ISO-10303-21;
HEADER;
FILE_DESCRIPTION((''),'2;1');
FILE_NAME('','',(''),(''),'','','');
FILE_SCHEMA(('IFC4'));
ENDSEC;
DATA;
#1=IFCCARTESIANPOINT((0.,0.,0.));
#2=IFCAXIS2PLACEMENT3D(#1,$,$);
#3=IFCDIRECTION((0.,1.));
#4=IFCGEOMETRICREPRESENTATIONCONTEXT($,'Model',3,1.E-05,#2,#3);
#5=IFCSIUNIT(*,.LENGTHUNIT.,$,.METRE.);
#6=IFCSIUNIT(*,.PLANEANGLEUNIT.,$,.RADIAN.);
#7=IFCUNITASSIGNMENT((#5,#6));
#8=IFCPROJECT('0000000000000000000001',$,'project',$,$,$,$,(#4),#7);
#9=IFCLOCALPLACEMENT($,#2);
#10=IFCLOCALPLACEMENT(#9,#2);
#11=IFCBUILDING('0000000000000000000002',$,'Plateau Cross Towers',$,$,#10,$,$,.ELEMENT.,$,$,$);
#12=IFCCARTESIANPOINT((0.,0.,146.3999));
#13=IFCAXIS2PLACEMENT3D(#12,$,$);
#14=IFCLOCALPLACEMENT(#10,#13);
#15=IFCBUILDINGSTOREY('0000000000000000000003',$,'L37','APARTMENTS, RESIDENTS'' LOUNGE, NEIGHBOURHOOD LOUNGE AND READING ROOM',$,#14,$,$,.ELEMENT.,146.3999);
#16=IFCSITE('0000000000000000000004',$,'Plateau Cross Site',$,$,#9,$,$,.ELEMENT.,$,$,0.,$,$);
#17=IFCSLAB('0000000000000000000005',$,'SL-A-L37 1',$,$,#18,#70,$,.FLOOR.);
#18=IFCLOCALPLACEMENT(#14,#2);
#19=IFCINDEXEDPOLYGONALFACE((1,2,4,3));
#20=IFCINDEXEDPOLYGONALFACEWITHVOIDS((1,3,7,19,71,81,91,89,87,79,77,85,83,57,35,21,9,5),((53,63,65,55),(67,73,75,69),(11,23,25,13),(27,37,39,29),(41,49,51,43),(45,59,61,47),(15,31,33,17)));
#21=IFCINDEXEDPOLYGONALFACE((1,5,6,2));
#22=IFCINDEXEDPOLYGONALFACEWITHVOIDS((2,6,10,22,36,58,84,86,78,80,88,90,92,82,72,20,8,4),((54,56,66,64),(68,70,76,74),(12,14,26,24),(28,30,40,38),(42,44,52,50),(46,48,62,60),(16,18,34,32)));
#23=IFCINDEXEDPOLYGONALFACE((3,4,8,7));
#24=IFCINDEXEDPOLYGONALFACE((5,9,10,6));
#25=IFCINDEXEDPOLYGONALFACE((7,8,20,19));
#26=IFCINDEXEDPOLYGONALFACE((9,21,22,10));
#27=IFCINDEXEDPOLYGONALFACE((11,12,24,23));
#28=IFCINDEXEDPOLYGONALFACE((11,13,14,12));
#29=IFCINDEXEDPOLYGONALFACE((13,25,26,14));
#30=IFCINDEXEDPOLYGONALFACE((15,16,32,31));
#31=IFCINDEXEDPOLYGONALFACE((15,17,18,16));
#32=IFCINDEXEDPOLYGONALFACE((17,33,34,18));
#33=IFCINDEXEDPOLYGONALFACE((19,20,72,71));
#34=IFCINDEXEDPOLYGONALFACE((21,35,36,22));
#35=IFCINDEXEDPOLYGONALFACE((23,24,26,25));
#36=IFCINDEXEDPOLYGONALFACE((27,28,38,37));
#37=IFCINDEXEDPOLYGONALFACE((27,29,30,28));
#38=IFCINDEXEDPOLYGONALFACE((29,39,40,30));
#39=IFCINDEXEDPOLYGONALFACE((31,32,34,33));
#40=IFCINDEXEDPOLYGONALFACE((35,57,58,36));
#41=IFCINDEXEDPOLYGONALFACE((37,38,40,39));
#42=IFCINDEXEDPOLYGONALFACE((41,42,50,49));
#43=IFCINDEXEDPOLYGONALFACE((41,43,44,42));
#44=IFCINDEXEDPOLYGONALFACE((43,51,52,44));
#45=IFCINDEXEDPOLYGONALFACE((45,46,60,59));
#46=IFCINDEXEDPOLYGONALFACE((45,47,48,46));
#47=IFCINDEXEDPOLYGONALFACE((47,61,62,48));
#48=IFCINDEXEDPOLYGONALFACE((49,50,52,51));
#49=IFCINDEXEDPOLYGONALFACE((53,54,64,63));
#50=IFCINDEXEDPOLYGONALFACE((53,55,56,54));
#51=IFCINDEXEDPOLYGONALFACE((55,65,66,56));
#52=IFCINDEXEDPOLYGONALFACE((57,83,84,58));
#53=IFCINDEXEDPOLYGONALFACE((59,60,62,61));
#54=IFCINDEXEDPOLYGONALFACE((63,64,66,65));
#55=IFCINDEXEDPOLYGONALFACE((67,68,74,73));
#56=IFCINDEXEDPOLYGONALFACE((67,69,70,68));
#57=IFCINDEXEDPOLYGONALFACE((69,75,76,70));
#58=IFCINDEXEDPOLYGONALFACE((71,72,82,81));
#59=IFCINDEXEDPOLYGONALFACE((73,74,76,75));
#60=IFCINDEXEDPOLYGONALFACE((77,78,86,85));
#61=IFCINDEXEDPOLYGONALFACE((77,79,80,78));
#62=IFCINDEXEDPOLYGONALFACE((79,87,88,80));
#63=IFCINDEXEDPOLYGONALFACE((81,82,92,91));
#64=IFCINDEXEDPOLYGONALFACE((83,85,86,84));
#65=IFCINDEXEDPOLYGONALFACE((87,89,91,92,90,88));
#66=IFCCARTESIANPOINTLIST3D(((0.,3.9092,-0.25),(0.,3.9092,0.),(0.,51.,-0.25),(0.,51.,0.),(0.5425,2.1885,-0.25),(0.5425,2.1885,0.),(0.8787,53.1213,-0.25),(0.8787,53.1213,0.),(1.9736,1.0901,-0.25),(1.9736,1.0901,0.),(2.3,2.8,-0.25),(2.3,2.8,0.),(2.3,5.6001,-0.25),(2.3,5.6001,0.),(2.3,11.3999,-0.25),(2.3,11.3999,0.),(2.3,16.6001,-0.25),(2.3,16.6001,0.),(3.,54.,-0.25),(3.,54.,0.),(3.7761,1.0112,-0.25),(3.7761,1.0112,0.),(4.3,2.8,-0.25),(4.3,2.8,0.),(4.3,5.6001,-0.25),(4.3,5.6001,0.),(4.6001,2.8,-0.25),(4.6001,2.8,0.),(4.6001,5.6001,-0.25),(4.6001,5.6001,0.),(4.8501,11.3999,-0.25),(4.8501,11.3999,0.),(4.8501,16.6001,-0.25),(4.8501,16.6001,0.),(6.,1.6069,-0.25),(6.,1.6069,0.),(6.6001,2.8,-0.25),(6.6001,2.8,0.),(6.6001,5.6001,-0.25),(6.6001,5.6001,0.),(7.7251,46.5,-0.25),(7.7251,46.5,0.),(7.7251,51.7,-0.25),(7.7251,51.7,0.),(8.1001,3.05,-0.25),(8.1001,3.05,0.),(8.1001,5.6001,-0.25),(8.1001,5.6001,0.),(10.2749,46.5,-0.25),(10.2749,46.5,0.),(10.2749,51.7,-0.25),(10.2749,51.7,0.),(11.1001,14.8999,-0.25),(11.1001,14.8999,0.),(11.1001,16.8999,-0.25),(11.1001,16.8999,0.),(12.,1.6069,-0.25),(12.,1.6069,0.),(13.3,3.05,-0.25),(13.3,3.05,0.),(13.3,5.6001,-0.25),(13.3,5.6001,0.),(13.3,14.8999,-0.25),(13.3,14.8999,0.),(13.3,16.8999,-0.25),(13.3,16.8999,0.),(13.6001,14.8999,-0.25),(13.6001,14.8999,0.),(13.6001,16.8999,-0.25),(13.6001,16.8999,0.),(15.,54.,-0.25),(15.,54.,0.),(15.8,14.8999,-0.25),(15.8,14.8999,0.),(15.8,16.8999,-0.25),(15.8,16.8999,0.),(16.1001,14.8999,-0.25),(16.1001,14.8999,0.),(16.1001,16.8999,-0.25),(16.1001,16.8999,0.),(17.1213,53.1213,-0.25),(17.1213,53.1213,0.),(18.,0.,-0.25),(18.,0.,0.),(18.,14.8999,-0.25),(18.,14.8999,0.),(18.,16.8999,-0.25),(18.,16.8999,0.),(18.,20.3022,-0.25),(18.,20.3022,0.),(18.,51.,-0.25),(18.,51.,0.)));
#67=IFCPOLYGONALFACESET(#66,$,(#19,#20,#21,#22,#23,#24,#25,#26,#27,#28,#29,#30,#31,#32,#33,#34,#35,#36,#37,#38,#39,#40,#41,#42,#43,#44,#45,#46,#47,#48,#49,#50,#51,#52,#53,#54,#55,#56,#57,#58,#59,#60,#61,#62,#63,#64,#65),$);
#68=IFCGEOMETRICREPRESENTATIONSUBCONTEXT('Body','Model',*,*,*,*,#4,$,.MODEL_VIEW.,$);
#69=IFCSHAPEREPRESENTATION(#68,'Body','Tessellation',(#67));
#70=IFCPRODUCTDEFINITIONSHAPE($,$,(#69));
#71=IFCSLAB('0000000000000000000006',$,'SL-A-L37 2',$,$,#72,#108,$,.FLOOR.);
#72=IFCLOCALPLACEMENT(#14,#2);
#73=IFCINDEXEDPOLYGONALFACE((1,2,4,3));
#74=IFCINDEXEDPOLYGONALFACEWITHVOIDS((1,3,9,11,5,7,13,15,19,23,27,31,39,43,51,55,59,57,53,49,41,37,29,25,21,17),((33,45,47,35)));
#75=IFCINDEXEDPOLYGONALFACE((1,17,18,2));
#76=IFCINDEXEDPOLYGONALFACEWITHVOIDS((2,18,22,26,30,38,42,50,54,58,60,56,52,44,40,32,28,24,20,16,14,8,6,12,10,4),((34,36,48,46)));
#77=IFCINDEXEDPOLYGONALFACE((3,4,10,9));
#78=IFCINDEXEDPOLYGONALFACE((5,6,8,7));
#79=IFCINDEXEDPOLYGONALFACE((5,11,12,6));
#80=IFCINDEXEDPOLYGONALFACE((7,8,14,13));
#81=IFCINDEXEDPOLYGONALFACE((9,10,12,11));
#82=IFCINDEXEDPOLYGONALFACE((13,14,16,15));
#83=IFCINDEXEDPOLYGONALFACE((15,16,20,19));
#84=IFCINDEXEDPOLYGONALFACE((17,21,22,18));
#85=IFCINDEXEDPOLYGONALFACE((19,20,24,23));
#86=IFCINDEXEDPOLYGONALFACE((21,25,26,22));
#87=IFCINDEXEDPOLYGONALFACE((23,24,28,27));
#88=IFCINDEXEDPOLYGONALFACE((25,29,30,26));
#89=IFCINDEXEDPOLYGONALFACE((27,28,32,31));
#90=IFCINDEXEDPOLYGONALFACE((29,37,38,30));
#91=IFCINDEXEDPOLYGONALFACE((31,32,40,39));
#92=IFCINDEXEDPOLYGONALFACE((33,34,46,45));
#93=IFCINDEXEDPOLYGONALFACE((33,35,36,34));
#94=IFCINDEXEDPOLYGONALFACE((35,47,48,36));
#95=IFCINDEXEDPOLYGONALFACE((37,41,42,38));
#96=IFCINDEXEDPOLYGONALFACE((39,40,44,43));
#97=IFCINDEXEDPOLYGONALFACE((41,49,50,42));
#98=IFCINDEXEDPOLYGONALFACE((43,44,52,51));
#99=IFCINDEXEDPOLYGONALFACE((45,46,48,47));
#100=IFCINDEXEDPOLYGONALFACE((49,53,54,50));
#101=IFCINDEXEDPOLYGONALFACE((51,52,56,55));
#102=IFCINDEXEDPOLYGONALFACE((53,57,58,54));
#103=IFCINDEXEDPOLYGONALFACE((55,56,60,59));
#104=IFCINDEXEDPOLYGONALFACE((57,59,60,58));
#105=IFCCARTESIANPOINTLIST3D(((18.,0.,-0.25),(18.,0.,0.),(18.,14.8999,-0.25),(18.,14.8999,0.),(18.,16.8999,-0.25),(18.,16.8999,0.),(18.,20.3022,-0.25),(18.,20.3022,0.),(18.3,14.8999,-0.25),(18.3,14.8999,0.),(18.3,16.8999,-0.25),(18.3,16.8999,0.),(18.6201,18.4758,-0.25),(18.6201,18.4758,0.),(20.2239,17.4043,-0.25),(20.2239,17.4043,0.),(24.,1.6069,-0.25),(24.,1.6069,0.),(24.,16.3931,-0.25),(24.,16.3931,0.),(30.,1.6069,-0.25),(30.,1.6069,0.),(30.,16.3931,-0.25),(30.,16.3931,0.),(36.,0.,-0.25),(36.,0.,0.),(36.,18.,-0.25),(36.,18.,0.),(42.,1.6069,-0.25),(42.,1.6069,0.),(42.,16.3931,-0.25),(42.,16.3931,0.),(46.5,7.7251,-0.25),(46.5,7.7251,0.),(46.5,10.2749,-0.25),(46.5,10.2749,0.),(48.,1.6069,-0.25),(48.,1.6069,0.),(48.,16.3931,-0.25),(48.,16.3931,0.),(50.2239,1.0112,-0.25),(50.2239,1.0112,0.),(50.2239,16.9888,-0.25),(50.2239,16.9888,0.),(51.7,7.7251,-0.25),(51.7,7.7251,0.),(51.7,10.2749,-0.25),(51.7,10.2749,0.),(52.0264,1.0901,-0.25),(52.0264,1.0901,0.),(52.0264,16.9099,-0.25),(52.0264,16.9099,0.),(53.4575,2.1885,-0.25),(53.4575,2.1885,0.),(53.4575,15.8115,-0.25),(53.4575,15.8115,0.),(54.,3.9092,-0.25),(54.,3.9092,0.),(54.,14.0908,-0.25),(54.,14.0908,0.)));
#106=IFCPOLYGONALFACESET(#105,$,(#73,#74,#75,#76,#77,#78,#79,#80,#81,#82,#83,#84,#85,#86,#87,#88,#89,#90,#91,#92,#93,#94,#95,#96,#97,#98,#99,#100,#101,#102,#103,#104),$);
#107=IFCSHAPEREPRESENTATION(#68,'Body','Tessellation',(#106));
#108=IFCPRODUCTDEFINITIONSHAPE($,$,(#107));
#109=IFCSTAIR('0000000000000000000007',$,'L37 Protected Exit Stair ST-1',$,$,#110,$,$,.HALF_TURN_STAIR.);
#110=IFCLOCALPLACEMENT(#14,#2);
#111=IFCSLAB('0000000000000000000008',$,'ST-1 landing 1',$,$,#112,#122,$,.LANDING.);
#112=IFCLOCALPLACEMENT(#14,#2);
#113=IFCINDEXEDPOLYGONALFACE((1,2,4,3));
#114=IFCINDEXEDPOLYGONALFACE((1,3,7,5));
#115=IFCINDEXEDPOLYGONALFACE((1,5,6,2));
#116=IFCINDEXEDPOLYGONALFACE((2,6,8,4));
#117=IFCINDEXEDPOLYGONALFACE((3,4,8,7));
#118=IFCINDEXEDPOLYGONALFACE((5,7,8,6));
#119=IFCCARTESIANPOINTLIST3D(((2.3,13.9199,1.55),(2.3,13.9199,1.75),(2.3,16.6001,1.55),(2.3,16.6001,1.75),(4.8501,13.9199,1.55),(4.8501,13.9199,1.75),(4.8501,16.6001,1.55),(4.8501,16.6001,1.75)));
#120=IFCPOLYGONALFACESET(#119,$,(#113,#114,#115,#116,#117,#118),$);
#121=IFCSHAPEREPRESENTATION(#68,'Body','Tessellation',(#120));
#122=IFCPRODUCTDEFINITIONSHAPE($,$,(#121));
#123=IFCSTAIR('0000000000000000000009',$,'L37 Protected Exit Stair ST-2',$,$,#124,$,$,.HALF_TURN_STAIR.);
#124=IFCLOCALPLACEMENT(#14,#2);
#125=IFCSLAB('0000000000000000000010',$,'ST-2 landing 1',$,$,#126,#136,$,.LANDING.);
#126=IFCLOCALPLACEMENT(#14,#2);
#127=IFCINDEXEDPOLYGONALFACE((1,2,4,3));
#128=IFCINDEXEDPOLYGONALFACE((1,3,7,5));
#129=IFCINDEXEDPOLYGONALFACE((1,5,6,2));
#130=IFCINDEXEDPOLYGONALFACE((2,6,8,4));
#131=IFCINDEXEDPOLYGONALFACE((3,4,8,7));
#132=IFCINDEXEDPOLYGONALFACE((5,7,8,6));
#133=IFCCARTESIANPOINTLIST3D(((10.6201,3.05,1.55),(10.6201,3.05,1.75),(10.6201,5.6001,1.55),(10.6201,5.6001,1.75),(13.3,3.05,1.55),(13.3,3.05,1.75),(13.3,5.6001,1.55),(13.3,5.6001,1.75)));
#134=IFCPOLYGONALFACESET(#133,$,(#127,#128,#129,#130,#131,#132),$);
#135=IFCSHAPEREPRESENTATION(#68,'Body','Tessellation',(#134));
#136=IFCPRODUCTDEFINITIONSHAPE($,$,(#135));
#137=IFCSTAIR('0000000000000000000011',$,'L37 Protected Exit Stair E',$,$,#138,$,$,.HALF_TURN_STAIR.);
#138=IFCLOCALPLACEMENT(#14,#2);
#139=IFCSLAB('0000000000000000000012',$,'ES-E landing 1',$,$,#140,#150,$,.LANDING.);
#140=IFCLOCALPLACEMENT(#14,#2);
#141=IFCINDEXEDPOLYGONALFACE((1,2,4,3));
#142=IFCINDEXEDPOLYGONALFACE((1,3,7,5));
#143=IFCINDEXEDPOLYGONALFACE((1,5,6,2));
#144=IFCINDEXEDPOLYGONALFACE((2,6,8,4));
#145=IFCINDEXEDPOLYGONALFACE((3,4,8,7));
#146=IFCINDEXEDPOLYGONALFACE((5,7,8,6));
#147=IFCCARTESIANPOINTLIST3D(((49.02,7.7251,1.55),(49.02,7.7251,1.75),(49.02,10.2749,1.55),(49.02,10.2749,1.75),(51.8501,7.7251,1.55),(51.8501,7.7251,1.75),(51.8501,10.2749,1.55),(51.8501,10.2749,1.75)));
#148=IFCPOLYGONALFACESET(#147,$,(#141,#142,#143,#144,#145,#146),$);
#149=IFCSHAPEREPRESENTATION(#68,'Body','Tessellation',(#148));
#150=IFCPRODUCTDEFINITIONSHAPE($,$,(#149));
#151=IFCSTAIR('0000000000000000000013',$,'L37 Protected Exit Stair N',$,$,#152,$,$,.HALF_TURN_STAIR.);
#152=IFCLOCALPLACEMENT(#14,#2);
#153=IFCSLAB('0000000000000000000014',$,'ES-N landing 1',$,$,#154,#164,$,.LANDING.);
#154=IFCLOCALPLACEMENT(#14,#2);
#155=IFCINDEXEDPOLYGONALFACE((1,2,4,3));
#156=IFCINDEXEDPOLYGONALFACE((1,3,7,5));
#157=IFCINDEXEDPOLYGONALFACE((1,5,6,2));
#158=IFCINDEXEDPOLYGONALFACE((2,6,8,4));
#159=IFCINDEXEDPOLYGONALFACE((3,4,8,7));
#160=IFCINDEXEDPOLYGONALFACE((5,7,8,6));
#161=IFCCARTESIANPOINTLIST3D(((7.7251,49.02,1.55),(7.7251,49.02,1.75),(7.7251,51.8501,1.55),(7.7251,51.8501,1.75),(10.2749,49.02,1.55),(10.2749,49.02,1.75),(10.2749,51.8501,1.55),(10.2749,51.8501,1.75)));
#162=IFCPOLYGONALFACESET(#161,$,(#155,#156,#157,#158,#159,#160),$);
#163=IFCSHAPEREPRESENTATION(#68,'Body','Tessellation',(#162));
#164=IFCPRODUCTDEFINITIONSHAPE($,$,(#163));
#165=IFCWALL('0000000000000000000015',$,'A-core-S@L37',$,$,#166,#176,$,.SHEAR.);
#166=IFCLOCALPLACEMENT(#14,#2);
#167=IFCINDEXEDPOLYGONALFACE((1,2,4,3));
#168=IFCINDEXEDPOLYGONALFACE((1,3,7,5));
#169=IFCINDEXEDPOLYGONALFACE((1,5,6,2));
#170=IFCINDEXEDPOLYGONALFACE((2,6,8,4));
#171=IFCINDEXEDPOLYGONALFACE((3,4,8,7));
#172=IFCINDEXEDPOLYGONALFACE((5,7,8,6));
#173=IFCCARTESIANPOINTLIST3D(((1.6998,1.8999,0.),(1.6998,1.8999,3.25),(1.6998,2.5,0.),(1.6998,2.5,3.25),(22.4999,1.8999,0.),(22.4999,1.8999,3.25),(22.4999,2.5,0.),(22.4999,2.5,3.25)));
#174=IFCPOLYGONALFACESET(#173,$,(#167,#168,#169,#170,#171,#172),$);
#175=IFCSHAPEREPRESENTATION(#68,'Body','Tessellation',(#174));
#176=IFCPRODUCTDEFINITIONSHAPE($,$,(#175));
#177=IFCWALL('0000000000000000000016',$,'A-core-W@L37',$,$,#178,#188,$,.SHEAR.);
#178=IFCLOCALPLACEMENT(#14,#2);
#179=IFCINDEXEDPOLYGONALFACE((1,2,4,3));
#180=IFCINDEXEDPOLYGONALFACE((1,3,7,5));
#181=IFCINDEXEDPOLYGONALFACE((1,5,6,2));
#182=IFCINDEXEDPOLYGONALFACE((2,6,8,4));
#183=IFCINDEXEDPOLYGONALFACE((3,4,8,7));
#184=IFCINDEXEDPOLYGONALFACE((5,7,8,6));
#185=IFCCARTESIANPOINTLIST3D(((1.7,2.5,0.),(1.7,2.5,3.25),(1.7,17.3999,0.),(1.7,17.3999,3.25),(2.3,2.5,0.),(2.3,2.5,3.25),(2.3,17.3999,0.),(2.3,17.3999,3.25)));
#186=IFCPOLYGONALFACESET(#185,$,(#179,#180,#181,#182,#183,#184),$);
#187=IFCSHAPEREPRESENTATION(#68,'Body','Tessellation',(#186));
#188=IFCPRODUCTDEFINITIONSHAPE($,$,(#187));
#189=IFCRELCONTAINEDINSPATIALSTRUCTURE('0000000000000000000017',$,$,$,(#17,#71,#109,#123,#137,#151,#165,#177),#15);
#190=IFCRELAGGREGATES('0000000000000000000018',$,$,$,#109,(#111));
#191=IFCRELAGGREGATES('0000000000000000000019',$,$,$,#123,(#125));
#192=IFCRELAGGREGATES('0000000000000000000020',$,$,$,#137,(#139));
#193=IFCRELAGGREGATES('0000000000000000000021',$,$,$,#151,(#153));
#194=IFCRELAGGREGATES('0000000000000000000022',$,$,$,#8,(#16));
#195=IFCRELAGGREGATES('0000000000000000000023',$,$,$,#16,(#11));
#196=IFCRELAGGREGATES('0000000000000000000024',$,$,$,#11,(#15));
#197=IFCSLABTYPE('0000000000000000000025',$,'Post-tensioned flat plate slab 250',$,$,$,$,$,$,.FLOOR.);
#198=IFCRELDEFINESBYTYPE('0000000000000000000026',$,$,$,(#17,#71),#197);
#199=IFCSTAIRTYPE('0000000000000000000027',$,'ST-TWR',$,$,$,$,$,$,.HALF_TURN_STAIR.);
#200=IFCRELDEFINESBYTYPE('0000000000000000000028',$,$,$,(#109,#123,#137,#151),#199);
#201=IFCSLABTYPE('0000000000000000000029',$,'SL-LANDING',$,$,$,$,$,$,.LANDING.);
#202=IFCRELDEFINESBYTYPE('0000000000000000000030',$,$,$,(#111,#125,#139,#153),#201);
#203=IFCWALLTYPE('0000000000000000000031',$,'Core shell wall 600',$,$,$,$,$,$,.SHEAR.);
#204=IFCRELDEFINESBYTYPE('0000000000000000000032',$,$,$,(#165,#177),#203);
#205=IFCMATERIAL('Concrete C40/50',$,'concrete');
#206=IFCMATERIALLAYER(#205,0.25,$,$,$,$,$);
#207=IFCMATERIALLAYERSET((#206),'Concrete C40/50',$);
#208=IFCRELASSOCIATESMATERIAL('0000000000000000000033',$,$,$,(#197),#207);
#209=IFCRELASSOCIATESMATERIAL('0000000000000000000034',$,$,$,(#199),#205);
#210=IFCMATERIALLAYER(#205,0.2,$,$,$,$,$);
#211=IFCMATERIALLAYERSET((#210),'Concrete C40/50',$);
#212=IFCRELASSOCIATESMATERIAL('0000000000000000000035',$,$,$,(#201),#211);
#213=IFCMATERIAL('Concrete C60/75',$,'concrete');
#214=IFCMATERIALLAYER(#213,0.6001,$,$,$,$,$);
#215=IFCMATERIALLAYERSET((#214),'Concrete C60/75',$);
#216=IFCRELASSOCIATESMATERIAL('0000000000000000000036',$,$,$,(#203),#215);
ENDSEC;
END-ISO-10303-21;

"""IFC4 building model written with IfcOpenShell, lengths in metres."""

from ifc_helpers import new_model, si_unit, direction, frame, frame_2d, origin, place, context, subcontext, project, spatial, polyline, rectangle, outline, extrude, material, layer, layer_set, type_object, element, aggregate, save


model = new_model("IFC4")

# Units and contexts
model_context = context("Model", 3, precision=1e-05, world=origin(), true_north=direction((0.0, 1.0)))
body_context = subcontext(model_context, "Body", "Model", "MODEL_VIEW")
ifc_project = project(units=[si_unit("LENGTHUNIT", "METRE"), si_unit("PLANEANGLEUNIT", "RADIAN")], contexts=[model_context])

# Site, building, storey
site_placement = place(None, origin())
site = spatial("IfcSite", under=ifc_project, at=site_placement, Name="Plateau Cross Site", CompositionType="ELEMENT", RefElevation=0.0)
building_placement = place(site_placement, origin())
building = spatial("IfcBuilding", under=site, at=building_placement, Name="Plateau Cross Towers", CompositionType="ELEMENT")
storey_placement = place(building_placement, frame((0.0, 0.0, 146.3999)))
storey = spatial("IfcBuildingStorey", under=building, at=storey_placement, Name="L37", Description="APARTMENTS, RESIDENTS' LOUNGE, NEIGHBOURHOOD LOUNGE AND READING ROOM", CompositionType="ELEMENT", Elevation=146.3999)

# Shared definitions
ifc_material_1 = material(Name="Concrete C60/75", Category="concrete")

# Shared definitions
ifc_material_2 = material(Name="Concrete C40/50", Category="concrete")

# Slabs
ifc_layer_1 = layer(ifc_material_2, 0.25)
ifc_layer_set_1 = layer_set([ifc_layer_1], Name="Concrete C40/50")
slab_type_1 = type_object("IfcSlabType", Name="Post-tensioned flat plate slab 250", PredefinedType="FLOOR", material=ifc_layer_set_1)
slab_1_placement = place(storey_placement, frame((0.0, 0.0, -0.25)))
element("IfcSlab", 1, at=slab_1_placement, inside=storey, type_object=slab_type_1, Name="SL-A-L37 1", PredefinedType="FLOOR", context=body_context, shape_type="SweptSolid", body=[
    extrude(outline(polyline([(0.5425, 2.1885), (0.0, 3.9092), (0.0, 51.0), (0.8787, 53.1213), (3.0, 54.0), (15.0, 54.0), (17.1213, 53.1213), (18.0, 51.0), (18.0, 20.3022), (18.0, 16.8999), (16.1001, 16.8999), (16.1001, 14.8999), (18.0, 14.8999), (18.0, 0.0), (12.0, 1.6069), (6.0, 1.6069), (3.7761, 1.0112), (1.9736, 1.0901), (0.5425, 2.1885)]), holes=[polyline([(2.3, 5.6001), (2.3, 2.8), (4.3, 2.8), (4.3, 5.6001), (2.3, 5.6001)]), polyline([(4.6001, 5.6001), (4.6001, 2.8), (6.6001, 2.8), (6.6001, 5.6001), (4.6001, 5.6001)]), polyline([(8.1001, 5.6001), (8.1001, 3.05), (13.3, 3.05), (13.3, 5.6001), (8.1001, 5.6001)]), polyline([(2.3, 11.3999), (4.8501, 11.3999), (4.8501, 16.6001), (2.3, 16.6001), (2.3, 11.3999)]), polyline([(11.1001, 16.8999), (11.1001, 14.8999), (13.3, 14.8999), (13.3, 16.8999), (11.1001, 16.8999)]), polyline([(13.6001, 16.8999), (13.6001, 14.8999), (15.8, 14.8999), (15.8, 16.8999), (13.6001, 16.8999)]), polyline([(7.7251, 51.7), (7.7251, 46.5), (10.2749, 46.5), (10.2749, 51.7), (7.7251, 51.7)])]), origin(), (0.0, 0.0, 1.0), 0.25),
])
slab_2_placement = place(storey_placement, frame((0.0, 0.0, -0.25)))
element("IfcSlab", 2, at=slab_2_placement, inside=storey, type_object=slab_type_1, Name="SL-A-L37 2", PredefinedType="FLOOR", context=body_context, shape_type="SweptSolid", body=[
    extrude(outline(polyline([(18.6201, 18.4758), (20.2239, 17.4043), (24.0, 16.3931), (30.0, 16.3931), (36.0, 18.0), (42.0, 16.3931), (48.0, 16.3931), (50.2239, 16.9888), (52.0264, 16.9099), (53.4575, 15.8115), (54.0, 14.0908), (54.0, 3.9092), (53.4575, 2.1885), (52.0264, 1.0901), (50.2239, 1.0112), (48.0, 1.6069), (42.0, 1.6069), (36.0, 0.0), (30.0, 1.6069), (24.0, 1.6069), (18.0, 0.0), (18.0, 14.8999), (18.3, 14.8999), (18.3, 16.8999), (18.0, 16.8999), (18.0, 20.3022), (18.6201, 18.4758)]), holes=[polyline([(46.5, 10.2749), (46.5, 7.7251), (51.7, 7.7251), (51.7, 10.2749), (46.5, 10.2749)])]), origin(), (0.0, 0.0, 1.0), 0.25),
])

# Stairs, slabs
stair_type = type_object("IfcStairType", Name="ST-TWR", PredefinedType="HALF_TURN_STAIR", material=ifc_material_2)
stair_1_placement = place(storey_placement, origin())
stair_1 = element("IfcStair", 3, at=stair_1_placement, inside=storey, type_object=stair_type, Name="L37 Protected Exit Stair ST-1", PredefinedType="HALF_TURN_STAIR")
ifc_layer_2 = layer(ifc_material_2, 0.2)
ifc_layer_set_2 = layer_set([ifc_layer_2], Name="Concrete C40/50")
slab_type_2 = type_object("IfcSlabType", Name="SL-LANDING", PredefinedType="LANDING", material=ifc_layer_set_2)
slab_3_placement = place(storey_placement, frame((0.0, 0.0, 1.55)))
slab_3 = element("IfcSlab", 4, at=slab_3_placement, type_object=slab_type_2, Name="ST-1 landing 1", PredefinedType="LANDING", context=body_context, shape_type="SweptSolid", body=[
    extrude(outline(polyline([(4.8501, 13.9199), (4.8501, 16.6001), (2.3, 16.6001), (2.3, 13.9199), (4.8501, 13.9199)])), origin(), (0.0, 0.0, 1.0), 0.2),
])
aggregate(stair_1, [slab_3])
stair_2_placement = place(storey_placement, origin())
stair_2 = element("IfcStair", 5, at=stair_2_placement, inside=storey, type_object=stair_type, Name="L37 Protected Exit Stair ST-2", PredefinedType="HALF_TURN_STAIR")
slab_4_placement = place(storey_placement, frame((0.0, 0.0, 1.55)))
slab_4 = element("IfcSlab", 6, at=slab_4_placement, type_object=slab_type_2, Name="ST-2 landing 1", PredefinedType="LANDING", context=body_context, shape_type="SweptSolid", body=[
    extrude(outline(polyline([(10.6201, 3.05), (13.3, 3.05), (13.3, 5.6001), (10.6201, 5.6001), (10.6201, 3.05)])), origin(), (0.0, 0.0, 1.0), 0.2),
])
aggregate(stair_2, [slab_4])
stair_3_placement = place(storey_placement, origin())
stair_3 = element("IfcStair", 7, at=stair_3_placement, inside=storey, type_object=stair_type, Name="L37 Protected Exit Stair E", PredefinedType="HALF_TURN_STAIR")
slab_5_placement = place(storey_placement, frame((0.0, 0.0, 1.55)))
slab_5 = element("IfcSlab", 8, at=slab_5_placement, type_object=slab_type_2, Name="ES-E landing 1", PredefinedType="LANDING", context=body_context, shape_type="SweptSolid", body=[
    extrude(outline(polyline([(49.02, 7.7251), (51.8501, 7.7251), (51.8501, 10.2749), (49.02, 10.2749), (49.02, 7.7251)])), origin(), (0.0, 0.0, 1.0), 0.2),
])
aggregate(stair_3, [slab_5])
stair_4_placement = place(storey_placement, origin())
stair_4 = element("IfcStair", 9, at=stair_4_placement, inside=storey, type_object=stair_type, Name="L37 Protected Exit Stair N", PredefinedType="HALF_TURN_STAIR")
slab_6_placement = place(storey_placement, frame((0.0, 0.0, 1.55)))
slab_6 = element("IfcSlab", 10, at=slab_6_placement, type_object=slab_type_2, Name="ES-N landing 1", PredefinedType="LANDING", context=body_context, shape_type="SweptSolid", body=[
    extrude(outline(polyline([(10.2749, 49.02), (10.2749, 51.8501), (7.7251, 51.8501), (7.7251, 49.02), (10.2749, 49.02)])), origin(), (0.0, 0.0, 1.0), 0.2),
])
aggregate(stair_4, [slab_6])

# Walls
ifc_layer_3 = layer(ifc_material_1, 0.6001)
ifc_layer_set_3 = layer_set([ifc_layer_3], Name="Concrete C60/75")
wall_type = type_object("IfcWallType", Name="Core shell wall 600", PredefinedType="SHEAR", material=ifc_layer_set_3)
wall_1_placement = place(storey_placement, frame((1.7, 2.2, 0.0), z_axis=(0.0, 0.0, 1.0), x_axis=(1.0, 0.0, 0.0)))
element("IfcWall", 11, at=wall_1_placement, inside=storey, type_object=wall_type, Name="A-core-S@L37", PredefinedType="SHEAR", context=body_context, shape_type="SweptSolid", body=[
    extrude(rectangle(XDim=20.8, YDim=0.6001, at=frame_2d((10.3999, 0.0))), origin(), (0.0, 0.0, 1.0), 3.25),
])
wall_2_placement = place(storey_placement, frame((2.0, 2.5, 0.0), z_axis=(0.0, 0.0, 1.0), x_axis=(0.0, 1.0, 0.0)))
element("IfcWall", 12, at=wall_2_placement, inside=storey, type_object=wall_type, Name="A-core-W@L37", PredefinedType="SHEAR", context=body_context, shape_type="SweptSolid", body=[
    extrude(rectangle(XDim=14.8999, YDim=0.6001, at=frame_2d((7.45, 0.0))), origin(), (0.0, 0.0, 1.0), 3.25),
])

save(model, "model.ifc")
